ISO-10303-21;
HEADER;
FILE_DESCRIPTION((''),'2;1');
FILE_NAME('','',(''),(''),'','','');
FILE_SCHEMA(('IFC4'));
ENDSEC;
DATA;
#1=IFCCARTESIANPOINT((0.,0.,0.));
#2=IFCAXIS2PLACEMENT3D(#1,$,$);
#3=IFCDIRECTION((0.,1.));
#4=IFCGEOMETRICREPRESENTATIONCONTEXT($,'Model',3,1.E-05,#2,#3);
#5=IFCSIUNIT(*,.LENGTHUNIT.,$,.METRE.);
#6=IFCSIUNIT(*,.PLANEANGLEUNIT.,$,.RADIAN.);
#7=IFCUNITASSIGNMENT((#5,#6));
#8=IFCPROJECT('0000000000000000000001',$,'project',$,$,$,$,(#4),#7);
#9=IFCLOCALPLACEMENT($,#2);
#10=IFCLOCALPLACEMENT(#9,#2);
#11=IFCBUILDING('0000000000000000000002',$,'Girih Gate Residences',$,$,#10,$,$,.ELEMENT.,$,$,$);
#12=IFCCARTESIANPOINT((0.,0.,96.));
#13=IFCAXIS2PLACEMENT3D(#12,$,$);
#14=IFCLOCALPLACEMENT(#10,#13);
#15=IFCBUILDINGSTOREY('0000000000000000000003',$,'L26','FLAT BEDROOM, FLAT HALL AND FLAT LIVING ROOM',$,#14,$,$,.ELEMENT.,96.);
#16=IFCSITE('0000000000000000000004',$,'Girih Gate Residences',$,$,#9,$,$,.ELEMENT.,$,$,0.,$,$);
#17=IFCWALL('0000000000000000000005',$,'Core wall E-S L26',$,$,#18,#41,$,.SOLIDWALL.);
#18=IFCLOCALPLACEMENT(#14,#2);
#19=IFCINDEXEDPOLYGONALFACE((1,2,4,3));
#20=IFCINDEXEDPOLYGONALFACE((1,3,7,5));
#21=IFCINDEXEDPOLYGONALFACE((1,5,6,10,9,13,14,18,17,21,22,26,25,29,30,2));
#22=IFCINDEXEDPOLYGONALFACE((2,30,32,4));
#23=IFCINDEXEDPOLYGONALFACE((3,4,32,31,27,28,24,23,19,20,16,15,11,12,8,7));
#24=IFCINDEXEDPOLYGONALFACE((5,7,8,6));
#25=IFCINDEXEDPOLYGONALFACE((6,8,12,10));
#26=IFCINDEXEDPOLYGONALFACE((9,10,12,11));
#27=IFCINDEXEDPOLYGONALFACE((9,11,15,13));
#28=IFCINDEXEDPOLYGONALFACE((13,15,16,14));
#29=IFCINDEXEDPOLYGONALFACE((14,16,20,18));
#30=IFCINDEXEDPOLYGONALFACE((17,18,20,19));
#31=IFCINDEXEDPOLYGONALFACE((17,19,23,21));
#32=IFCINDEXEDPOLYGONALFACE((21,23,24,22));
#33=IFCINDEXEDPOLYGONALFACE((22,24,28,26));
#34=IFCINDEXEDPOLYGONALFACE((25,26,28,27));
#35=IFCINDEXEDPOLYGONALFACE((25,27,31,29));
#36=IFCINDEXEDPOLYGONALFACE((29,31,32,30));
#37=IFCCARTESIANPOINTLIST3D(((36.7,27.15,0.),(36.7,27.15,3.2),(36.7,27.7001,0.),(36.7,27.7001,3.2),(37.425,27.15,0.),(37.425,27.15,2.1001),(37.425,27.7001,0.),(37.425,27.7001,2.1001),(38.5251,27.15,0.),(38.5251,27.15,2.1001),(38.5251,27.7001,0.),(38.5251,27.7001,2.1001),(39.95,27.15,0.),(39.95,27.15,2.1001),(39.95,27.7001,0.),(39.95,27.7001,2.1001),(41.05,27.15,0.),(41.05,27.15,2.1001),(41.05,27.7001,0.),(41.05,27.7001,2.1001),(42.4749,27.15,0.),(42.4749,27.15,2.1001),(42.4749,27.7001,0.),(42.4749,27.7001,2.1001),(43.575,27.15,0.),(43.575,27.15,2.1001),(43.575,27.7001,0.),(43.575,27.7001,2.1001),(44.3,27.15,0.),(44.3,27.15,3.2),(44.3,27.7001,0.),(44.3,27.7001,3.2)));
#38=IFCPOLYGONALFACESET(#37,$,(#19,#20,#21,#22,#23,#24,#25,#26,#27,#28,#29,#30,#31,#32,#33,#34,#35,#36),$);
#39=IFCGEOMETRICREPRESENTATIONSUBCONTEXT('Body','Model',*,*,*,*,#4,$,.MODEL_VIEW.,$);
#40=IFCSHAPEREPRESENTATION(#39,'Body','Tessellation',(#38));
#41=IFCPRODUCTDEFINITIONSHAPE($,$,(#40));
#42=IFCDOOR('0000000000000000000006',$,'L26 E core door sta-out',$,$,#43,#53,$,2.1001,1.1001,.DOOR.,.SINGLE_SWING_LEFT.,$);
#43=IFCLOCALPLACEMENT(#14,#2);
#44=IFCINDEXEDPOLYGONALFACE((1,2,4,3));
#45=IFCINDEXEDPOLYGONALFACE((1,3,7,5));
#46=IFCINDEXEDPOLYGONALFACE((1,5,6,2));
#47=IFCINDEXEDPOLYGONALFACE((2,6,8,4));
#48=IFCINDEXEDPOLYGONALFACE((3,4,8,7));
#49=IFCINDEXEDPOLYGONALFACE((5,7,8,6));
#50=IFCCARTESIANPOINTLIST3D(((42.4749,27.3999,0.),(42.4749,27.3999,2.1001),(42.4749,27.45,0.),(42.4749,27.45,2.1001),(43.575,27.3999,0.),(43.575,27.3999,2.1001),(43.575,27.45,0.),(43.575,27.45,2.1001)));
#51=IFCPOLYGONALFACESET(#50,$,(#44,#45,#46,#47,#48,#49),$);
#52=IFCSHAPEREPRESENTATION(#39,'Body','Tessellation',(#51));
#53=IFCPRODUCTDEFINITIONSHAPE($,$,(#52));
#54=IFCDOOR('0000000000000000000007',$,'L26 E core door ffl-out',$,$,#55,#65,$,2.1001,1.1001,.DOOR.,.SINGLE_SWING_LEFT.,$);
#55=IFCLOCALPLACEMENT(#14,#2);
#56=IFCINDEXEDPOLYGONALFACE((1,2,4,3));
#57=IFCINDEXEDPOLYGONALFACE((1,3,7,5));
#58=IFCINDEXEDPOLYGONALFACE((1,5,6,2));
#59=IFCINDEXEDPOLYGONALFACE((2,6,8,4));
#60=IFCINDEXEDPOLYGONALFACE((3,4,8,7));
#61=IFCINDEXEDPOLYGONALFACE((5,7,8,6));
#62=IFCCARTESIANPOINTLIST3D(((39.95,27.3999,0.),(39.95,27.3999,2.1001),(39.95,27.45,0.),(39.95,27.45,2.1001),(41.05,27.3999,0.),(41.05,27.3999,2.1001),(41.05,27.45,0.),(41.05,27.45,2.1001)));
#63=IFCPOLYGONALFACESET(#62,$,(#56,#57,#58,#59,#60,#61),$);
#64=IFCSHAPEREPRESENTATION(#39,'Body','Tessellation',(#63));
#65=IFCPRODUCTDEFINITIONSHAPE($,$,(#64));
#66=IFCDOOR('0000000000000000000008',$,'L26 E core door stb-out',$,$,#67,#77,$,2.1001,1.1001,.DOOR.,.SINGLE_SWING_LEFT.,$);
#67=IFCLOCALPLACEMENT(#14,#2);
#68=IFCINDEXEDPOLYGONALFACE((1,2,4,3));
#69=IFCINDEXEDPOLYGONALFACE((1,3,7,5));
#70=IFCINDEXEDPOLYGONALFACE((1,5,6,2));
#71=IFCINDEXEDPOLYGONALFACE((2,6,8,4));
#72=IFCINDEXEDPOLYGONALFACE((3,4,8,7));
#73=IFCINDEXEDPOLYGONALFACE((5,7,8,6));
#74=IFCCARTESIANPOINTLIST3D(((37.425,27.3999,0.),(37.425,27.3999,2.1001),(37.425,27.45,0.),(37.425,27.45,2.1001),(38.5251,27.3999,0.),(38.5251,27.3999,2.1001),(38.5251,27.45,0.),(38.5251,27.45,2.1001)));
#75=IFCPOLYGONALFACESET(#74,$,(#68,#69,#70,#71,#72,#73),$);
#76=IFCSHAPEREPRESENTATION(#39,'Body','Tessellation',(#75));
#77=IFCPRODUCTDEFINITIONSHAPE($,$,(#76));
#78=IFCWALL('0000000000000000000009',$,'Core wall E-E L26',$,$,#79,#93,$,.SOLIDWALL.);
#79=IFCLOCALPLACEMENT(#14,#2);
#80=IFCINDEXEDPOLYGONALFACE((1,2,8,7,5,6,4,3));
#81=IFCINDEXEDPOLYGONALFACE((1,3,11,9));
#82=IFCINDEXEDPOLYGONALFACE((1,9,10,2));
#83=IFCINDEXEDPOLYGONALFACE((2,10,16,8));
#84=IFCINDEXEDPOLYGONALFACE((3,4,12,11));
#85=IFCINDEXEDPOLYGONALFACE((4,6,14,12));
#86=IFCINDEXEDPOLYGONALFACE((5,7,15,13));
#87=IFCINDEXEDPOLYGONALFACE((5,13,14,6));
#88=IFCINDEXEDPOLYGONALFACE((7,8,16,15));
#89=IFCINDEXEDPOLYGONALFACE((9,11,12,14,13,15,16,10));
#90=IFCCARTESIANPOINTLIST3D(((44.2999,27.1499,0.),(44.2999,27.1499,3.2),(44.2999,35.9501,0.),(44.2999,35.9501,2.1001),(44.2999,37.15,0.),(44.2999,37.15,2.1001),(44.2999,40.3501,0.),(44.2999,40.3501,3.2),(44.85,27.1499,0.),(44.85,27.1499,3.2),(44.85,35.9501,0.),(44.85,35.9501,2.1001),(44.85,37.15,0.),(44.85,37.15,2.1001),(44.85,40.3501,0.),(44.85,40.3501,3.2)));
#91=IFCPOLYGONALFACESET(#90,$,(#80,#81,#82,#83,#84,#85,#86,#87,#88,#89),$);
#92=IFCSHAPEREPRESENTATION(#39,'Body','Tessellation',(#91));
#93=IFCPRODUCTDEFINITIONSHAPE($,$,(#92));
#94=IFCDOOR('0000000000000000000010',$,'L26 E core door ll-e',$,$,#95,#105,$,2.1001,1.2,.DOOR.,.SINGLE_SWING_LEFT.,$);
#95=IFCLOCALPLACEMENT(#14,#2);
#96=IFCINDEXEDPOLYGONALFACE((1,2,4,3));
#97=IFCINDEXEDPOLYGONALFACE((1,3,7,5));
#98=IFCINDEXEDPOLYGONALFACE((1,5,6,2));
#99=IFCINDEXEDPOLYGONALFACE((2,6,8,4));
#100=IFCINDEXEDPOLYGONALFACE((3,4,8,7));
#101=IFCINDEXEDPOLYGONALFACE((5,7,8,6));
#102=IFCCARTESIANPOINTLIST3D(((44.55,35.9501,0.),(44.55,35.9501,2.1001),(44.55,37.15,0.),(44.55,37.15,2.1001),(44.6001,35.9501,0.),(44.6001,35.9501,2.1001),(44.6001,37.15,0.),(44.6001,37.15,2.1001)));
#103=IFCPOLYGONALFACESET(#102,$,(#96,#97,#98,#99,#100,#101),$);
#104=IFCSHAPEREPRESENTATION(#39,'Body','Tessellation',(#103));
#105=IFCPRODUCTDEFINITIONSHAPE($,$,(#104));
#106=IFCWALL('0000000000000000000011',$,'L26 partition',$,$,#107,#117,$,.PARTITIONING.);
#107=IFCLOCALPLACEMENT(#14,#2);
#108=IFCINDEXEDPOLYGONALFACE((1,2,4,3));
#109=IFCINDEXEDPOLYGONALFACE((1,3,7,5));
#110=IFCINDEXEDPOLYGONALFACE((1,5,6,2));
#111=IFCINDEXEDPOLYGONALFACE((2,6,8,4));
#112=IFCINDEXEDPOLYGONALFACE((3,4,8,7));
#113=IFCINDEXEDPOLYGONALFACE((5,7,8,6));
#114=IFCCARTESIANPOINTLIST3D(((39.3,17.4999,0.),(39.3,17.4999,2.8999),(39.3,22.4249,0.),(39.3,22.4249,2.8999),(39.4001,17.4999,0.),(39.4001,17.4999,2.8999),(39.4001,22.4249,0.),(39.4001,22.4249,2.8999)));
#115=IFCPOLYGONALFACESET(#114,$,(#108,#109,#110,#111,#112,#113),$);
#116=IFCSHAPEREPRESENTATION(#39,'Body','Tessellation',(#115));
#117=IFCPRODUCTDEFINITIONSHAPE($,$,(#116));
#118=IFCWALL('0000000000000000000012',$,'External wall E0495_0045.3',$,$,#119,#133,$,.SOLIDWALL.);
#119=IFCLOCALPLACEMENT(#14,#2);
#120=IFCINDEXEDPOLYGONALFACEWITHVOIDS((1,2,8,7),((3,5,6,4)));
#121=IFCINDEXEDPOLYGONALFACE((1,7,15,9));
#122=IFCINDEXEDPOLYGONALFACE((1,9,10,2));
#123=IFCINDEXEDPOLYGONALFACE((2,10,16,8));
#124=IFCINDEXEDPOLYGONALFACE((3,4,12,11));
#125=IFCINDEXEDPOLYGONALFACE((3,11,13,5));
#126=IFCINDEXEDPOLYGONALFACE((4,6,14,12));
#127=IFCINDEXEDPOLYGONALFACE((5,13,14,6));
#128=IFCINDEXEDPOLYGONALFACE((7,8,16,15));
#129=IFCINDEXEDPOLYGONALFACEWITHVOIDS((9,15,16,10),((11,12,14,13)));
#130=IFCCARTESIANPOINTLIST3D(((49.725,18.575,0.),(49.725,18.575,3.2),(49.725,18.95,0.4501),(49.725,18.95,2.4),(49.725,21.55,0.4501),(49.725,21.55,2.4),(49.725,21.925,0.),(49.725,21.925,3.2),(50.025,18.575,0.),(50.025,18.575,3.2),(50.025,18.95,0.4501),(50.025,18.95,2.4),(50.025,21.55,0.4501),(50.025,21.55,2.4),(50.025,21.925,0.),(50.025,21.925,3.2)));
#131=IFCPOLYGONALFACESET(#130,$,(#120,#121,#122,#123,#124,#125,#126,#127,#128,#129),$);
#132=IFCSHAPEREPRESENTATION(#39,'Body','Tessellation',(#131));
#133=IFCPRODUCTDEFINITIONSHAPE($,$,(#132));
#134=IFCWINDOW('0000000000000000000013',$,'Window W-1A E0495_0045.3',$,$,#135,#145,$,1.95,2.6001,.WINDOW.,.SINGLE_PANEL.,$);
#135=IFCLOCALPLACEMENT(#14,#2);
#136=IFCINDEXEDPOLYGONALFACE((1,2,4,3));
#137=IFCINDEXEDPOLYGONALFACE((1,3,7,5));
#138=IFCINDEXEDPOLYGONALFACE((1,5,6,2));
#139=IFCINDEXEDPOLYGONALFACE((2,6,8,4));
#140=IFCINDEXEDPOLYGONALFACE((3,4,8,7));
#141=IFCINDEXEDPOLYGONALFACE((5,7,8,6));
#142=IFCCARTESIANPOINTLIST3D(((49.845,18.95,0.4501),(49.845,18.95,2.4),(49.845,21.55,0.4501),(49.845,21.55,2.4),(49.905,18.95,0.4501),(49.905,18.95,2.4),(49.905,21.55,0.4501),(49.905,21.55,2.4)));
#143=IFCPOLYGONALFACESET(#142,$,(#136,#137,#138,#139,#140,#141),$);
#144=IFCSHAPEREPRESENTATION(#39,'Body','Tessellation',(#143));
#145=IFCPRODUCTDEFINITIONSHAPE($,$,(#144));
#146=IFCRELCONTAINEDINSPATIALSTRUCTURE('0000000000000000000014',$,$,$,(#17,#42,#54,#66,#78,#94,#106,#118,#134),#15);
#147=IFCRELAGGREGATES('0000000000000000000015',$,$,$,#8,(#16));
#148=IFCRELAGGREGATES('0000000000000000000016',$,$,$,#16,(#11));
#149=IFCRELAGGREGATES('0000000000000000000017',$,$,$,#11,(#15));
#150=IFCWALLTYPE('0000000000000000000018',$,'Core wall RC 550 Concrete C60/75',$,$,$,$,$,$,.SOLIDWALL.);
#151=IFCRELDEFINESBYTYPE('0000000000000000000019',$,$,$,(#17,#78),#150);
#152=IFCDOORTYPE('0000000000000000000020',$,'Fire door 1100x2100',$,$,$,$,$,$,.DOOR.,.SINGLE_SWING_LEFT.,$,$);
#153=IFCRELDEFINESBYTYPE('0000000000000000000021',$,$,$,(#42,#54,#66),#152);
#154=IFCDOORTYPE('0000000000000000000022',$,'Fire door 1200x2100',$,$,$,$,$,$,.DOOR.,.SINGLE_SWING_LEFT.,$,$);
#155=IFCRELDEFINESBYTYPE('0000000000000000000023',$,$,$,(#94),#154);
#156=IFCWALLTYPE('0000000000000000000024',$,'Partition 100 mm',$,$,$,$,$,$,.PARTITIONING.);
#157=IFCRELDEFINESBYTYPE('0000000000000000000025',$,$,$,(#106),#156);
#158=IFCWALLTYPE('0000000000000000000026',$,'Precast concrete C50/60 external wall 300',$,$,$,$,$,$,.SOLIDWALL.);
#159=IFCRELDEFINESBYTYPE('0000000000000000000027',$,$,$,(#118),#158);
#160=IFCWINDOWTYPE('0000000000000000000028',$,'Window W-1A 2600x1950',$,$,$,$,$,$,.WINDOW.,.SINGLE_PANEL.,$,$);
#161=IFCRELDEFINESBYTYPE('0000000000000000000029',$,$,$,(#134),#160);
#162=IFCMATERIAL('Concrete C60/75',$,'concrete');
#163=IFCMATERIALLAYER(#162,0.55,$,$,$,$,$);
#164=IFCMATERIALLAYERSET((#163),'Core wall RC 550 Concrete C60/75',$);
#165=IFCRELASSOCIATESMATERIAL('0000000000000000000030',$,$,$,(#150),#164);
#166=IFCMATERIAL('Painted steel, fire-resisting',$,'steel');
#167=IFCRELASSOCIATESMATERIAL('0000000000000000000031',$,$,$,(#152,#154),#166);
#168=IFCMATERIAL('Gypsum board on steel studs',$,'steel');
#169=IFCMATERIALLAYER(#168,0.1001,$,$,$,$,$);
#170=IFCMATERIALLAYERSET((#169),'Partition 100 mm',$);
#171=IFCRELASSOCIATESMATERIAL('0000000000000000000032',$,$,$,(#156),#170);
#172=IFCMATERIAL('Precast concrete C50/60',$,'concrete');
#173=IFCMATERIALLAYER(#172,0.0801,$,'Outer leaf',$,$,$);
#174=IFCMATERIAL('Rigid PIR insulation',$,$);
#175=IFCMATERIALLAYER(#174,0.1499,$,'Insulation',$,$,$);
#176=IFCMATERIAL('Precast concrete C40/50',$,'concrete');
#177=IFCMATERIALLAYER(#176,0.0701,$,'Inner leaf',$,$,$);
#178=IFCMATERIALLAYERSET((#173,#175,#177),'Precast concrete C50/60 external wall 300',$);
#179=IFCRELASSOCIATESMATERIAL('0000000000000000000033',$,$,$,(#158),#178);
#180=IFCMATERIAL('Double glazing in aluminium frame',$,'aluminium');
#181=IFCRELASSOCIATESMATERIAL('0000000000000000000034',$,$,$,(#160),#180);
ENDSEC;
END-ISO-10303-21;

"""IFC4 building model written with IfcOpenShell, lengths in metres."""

from ifc_helpers import new_model, si_unit, direction, frame, frame_2d, origin, place, context, subcontext, project, spatial, rectangle, extrude, material, layer, layer_set, type_object, element, fill, save


model = new_model("IFC4")

# Units and contexts
model_context = context("Model", 3, precision=1e-05, world=origin(), true_north=direction((0.0, 1.0)))
body_context = subcontext(model_context, "Body", "Model", "MODEL_VIEW")
ifc_project = project(units=[si_unit("LENGTHUNIT", "METRE"), si_unit("PLANEANGLEUNIT", "RADIAN")], contexts=[model_context])

# Site, building, storey
site_placement = place(None, origin())
site = spatial("IfcSite", under=ifc_project, at=site_placement, Name="Girih Gate Residences", CompositionType="ELEMENT", RefElevation=0.0)
building_placement = place(site_placement, origin())
building = spatial("IfcBuilding", under=site, at=building_placement, Name="Girih Gate Residences", CompositionType="ELEMENT")
storey_placement = place(building_placement, frame((0.0, 0.0, 96.0)))
storey = spatial("IfcBuildingStorey", under=building, at=storey_placement, Name="L26", Description="FLAT BEDROOM, FLAT HALL AND FLAT LIVING ROOM", CompositionType="ELEMENT", Elevation=96.0)

# Shared definitions
ifc_material_1 = material(Name="Concrete C60/75", Category="concrete")

# Shared definitions
ifc_material_2 = material(Name="Gypsum board on steel studs", Category="steel")

# Wall, openings, doors
ifc_layer_1 = layer(ifc_material_1, 0.55)
ifc_layer_set_1 = layer_set([ifc_layer_1], Name="Core wall RC 550 Concrete C60/75")
wall_type_1 = type_object("IfcWallType", Name="Core wall RC 550 Concrete C60/75", PredefinedType="SOLIDWALL", material=ifc_layer_set_1)
wall_1_placement = place(storey_placement, frame((36.7, 27.425, 0.0), z_axis=(0.0, 0.0, 1.0), x_axis=(1.0, 0.0, 0.0)))
wall_1 = element("IfcWall", 1, at=wall_1_placement, inside=storey, type_object=wall_type_1, Name="Core wall E-S L26", PredefinedType="SOLIDWALL", context=body_context, shape_type="SweptSolid", body=[
    extrude(rectangle(XDim=7.6001, YDim=0.55, at=frame_2d((3.8, 0.0))), origin(), (0.0, 0.0, 1.0), 3.2),
])
opening_1_placement = place(wall_1_placement, frame((5.7749, 0.0, 0.0)))
opening_1 = element("IfcOpeningElement", 2, at=opening_1_placement, cuts=wall_1, PredefinedType="OPENING", context=body_context, shape_type="SweptSolid", body=[
    extrude(rectangle(XDim=1.1001, YDim=2.1001, at=frame_2d((0.55, 1.05))), frame((0.0, 0.2849, 0.0), z_axis=(0.0, -1.0, 0.0), x_axis=(1.0, 0.0, 0.0)), (0.0, 0.0, 1.0), 0.5701),
])
opening_2_placement = place(wall_1_placement, frame((3.25, 0.0, 0.0)))
opening_2 = element("IfcOpeningElement", 3, at=opening_2_placement, cuts=wall_1, PredefinedType="OPENING", context=body_context, shape_type="SweptSolid", body=[
    extrude(rectangle(XDim=1.1001, YDim=2.1001, at=frame_2d((0.55, 1.05))), frame((0.0, 0.2849, 0.0), z_axis=(0.0, -1.0, 0.0), x_axis=(1.0, 0.0, 0.0)), (0.0, 0.0, 1.0), 0.5701),
])
opening_3_placement = place(wall_1_placement, frame((0.7251, 0.0, 0.0)))
opening_3 = element("IfcOpeningElement", 4, at=opening_3_placement, cuts=wall_1, PredefinedType="OPENING", context=body_context, shape_type="SweptSolid", body=[
    extrude(rectangle(XDim=1.1001, YDim=2.1001, at=frame_2d((0.55, 1.05))), frame((0.0, 0.2849, 0.0), z_axis=(0.0, -1.0, 0.0), x_axis=(1.0, 0.0, 0.0)), (0.0, 0.0, 1.0), 0.5701),
])
ifc_material_3 = material(Name="Painted steel, fire-resisting", Category="steel")
door_type_1 = type_object("IfcDoorType", Name="Fire door 1100x2100", OperationType="SINGLE_SWING_LEFT", PredefinedType="DOOR", material=ifc_material_3)
door_1_placement = place(opening_1_placement, origin())
door_1 = element("IfcDoor", 5, at=door_1_placement, inside=storey, type_object=door_type_1, Name="L26 E core door sta-out", OperationType="SINGLE_SWING_LEFT", OverallHeight=2.1001, OverallWidth=1.1001, PredefinedType="DOOR", context=body_context, shape_type="SweptSolid", body=[
    extrude(rectangle(XDim=1.1001, YDim=2.1001, at=frame_2d((0.55, 1.05))), frame((0.0, 0.0249, 0.0), z_axis=(0.0, -1.0, 0.0), x_axis=(1.0, 0.0, 0.0)), (0.0, 0.0, 1.0), 0.05),
])
fill(opening_1, door_1)
door_2_placement = place(opening_2_placement, origin())
door_2 = element("IfcDoor", 6, at=door_2_placement, inside=storey, type_object=door_type_1, Name="L26 E core door ffl-out", OperationType="SINGLE_SWING_LEFT", OverallHeight=2.1001, OverallWidth=1.1001, PredefinedType="DOOR", context=body_context, shape_type="SweptSolid", body=[
    extrude(rectangle(XDim=1.1001, YDim=2.1001, at=frame_2d((0.55, 1.05))), frame((0.0, 0.0249, 0.0), z_axis=(0.0, -1.0, 0.0), x_axis=(1.0, 0.0, 0.0)), (0.0, 0.0, 1.0), 0.05),
])
fill(opening_2, door_2)
door_3_placement = place(opening_3_placement, origin())
door_3 = element("IfcDoor", 7, at=door_3_placement, inside=storey, type_object=door_type_1, Name="L26 E core door stb-out", OperationType="SINGLE_SWING_LEFT", OverallHeight=2.1001, OverallWidth=1.1001, PredefinedType="DOOR", context=body_context, shape_type="SweptSolid", body=[
    extrude(rectangle(XDim=1.1001, YDim=2.1001, at=frame_2d((0.55, 1.05))), frame((0.0, 0.0249, 0.0), z_axis=(0.0, -1.0, 0.0), x_axis=(1.0, 0.0, 0.0)), (0.0, 0.0, 1.0), 0.05),
])
fill(opening_3, door_3)

# Wall, opening, door
wall_2_placement = place(storey_placement, frame((44.575, 27.1499, 0.0), z_axis=(0.0, 0.0, 1.0), x_axis=(0.0, 1.0, 0.0)))
wall_2 = element("IfcWall", 8, at=wall_2_placement, inside=storey, type_object=wall_type_1, Name="Core wall E-E L26", PredefinedType="SOLIDWALL", context=body_context, shape_type="SweptSolid", body=[
    extrude(rectangle(XDim=13.2002, YDim=0.55, at=frame_2d((6.6001, 0.0))), origin(), (0.0, 0.0, 1.0), 3.2),
])
opening_4_placement = place(wall_2_placement, frame((8.8, 0.0, 0.0)))
opening_4 = element("IfcOpeningElement", 9, at=opening_4_placement, cuts=wall_2, PredefinedType="OPENING", context=body_context, shape_type="SweptSolid", body=[
    extrude(rectangle(XDim=1.2, YDim=2.1001, at=frame_2d((0.6001, 1.05))), frame((0.0, 0.2849, 0.0), z_axis=(0.0, -1.0, 0.0), x_axis=(1.0, 0.0, 0.0)), (0.0, 0.0, 1.0), 0.5701),
])
door_type_2 = type_object("IfcDoorType", Name="Fire door 1200x2100", OperationType="SINGLE_SWING_LEFT", PredefinedType="DOOR", material=ifc_material_3)
door_4_placement = place(opening_4_placement, origin())
door_4 = element("IfcDoor", 10, at=door_4_placement, inside=storey, type_object=door_type_2, Name="L26 E core door ll-e", OperationType="SINGLE_SWING_LEFT", OverallHeight=2.1001, OverallWidth=1.2, PredefinedType="DOOR", context=body_context, shape_type="SweptSolid", body=[
    extrude(rectangle(XDim=1.2, YDim=2.1001, at=frame_2d((0.6001, 1.05))), frame((0.0, 0.0249, 0.0), z_axis=(0.0, -1.0, 0.0), x_axis=(1.0, 0.0, 0.0)), (0.0, 0.0, 1.0), 0.05),
])
fill(opening_4, door_4)

# Wall
ifc_layer_2 = layer(ifc_material_2, 0.1001)
ifc_layer_set_2 = layer_set([ifc_layer_2], Name="Partition 100 mm")
wall_type_2 = type_object("IfcWallType", Name="Partition 100 mm", PredefinedType="PARTITIONING", material=ifc_layer_set_2)
wall_3_placement = place(storey_placement, frame((39.3501, 17.5, 0.0), z_axis=(0.0, 0.0, 1.0), x_axis=(0.0, 1.0, 0.0)))
element("IfcWall", 11, at=wall_3_placement, inside=storey, type_object=wall_type_2, Name="L26 partition", PredefinedType="PARTITIONING", context=body_context, shape_type="SweptSolid", body=[
    extrude(rectangle(XDim=4.925, YDim=0.1001, at=frame_2d((2.4624, 0.0))), origin(), (0.0, 0.0, 1.0), 2.8999),
])

# Wall, opening, window
ifc_material_4 = material(Name="Precast concrete C50/60", Category="concrete")
ifc_layer_3 = layer(ifc_material_4, 0.0801, Name="Outer leaf")
ifc_material_5 = material(Name="Rigid PIR insulation")
ifc_layer_4 = layer(ifc_material_5, 0.1499, Name="Insulation")
ifc_material_6 = material(Name="Precast concrete C40/50", Category="concrete")
ifc_layer_5 = layer(ifc_material_6, 0.0701, Name="Inner leaf")
ifc_layer_set_3 = layer_set([ifc_layer_3, ifc_layer_4, ifc_layer_5], Name="Precast concrete C50/60 external wall 300")
wall_type_3 = type_object("IfcWallType", Name="Precast concrete C50/60 external wall 300", PredefinedType="SOLIDWALL", material=ifc_layer_set_3)
wall_4_placement = place(storey_placement, frame((49.875, 21.925, 0.0), z_axis=(0.0, 0.0, 1.0), x_axis=(0.0, -1.0, 0.0)))
wall_4 = element("IfcWall", 12, at=wall_4_placement, inside=storey, type_object=wall_type_3, Name="External wall E0495_0045.3", PredefinedType="SOLIDWALL", context=body_context, shape_type="SweptSolid", body=[
    extrude(rectangle(XDim=3.3501, YDim=0.3, at=frame_2d((1.675, 0.0))), origin(), (0.0, 0.0, 1.0), 3.2),
])
opening_5_placement = place(wall_4_placement, frame((0.375, 0.0, 0.45)))
opening_5 = element("IfcOpeningElement", 13, at=opening_5_placement, cuts=wall_4, PredefinedType="OPENING", context=body_context, shape_type="SweptSolid", body=[
    extrude(rectangle(XDim=2.6001, YDim=1.95, at=frame_2d((1.3, 0.9751))), frame((0.0, 0.1599, 0.0), z_axis=(0.0, -1.0, 0.0), x_axis=(1.0, 0.0, 0.0)), (0.0, 0.0, 1.0), 0.3201),
])
ifc_material_7 = material(Name="Double glazing in aluminium frame", Category="aluminium")
window_type = type_object("IfcWindowType", Name="Window W-1A 2600x1950", PartitioningType="SINGLE_PANEL", PredefinedType="WINDOW", material=ifc_material_7)
window_1_placement = place(opening_5_placement, origin())
window_1 = element("IfcWindow", 14, at=window_1_placement, inside=storey, type_object=window_type, Name="Window W-1A E0495_0045.3", OverallHeight=1.95, OverallWidth=2.6001, PartitioningType="SINGLE_PANEL", PredefinedType="WINDOW", context=body_context, shape_type="SweptSolid", body=[
    extrude(rectangle(XDim=2.6001, YDim=1.95, at=frame_2d((1.3, 0.9751))), frame((0.0, 0.03, 0.0), z_axis=(0.0, -1.0, 0.0), x_axis=(1.0, 0.0, 0.0)), (0.0, 0.0, 1.0), 0.0601),
])
fill(opening_5, window_1)

save(model, "model.ifc")
